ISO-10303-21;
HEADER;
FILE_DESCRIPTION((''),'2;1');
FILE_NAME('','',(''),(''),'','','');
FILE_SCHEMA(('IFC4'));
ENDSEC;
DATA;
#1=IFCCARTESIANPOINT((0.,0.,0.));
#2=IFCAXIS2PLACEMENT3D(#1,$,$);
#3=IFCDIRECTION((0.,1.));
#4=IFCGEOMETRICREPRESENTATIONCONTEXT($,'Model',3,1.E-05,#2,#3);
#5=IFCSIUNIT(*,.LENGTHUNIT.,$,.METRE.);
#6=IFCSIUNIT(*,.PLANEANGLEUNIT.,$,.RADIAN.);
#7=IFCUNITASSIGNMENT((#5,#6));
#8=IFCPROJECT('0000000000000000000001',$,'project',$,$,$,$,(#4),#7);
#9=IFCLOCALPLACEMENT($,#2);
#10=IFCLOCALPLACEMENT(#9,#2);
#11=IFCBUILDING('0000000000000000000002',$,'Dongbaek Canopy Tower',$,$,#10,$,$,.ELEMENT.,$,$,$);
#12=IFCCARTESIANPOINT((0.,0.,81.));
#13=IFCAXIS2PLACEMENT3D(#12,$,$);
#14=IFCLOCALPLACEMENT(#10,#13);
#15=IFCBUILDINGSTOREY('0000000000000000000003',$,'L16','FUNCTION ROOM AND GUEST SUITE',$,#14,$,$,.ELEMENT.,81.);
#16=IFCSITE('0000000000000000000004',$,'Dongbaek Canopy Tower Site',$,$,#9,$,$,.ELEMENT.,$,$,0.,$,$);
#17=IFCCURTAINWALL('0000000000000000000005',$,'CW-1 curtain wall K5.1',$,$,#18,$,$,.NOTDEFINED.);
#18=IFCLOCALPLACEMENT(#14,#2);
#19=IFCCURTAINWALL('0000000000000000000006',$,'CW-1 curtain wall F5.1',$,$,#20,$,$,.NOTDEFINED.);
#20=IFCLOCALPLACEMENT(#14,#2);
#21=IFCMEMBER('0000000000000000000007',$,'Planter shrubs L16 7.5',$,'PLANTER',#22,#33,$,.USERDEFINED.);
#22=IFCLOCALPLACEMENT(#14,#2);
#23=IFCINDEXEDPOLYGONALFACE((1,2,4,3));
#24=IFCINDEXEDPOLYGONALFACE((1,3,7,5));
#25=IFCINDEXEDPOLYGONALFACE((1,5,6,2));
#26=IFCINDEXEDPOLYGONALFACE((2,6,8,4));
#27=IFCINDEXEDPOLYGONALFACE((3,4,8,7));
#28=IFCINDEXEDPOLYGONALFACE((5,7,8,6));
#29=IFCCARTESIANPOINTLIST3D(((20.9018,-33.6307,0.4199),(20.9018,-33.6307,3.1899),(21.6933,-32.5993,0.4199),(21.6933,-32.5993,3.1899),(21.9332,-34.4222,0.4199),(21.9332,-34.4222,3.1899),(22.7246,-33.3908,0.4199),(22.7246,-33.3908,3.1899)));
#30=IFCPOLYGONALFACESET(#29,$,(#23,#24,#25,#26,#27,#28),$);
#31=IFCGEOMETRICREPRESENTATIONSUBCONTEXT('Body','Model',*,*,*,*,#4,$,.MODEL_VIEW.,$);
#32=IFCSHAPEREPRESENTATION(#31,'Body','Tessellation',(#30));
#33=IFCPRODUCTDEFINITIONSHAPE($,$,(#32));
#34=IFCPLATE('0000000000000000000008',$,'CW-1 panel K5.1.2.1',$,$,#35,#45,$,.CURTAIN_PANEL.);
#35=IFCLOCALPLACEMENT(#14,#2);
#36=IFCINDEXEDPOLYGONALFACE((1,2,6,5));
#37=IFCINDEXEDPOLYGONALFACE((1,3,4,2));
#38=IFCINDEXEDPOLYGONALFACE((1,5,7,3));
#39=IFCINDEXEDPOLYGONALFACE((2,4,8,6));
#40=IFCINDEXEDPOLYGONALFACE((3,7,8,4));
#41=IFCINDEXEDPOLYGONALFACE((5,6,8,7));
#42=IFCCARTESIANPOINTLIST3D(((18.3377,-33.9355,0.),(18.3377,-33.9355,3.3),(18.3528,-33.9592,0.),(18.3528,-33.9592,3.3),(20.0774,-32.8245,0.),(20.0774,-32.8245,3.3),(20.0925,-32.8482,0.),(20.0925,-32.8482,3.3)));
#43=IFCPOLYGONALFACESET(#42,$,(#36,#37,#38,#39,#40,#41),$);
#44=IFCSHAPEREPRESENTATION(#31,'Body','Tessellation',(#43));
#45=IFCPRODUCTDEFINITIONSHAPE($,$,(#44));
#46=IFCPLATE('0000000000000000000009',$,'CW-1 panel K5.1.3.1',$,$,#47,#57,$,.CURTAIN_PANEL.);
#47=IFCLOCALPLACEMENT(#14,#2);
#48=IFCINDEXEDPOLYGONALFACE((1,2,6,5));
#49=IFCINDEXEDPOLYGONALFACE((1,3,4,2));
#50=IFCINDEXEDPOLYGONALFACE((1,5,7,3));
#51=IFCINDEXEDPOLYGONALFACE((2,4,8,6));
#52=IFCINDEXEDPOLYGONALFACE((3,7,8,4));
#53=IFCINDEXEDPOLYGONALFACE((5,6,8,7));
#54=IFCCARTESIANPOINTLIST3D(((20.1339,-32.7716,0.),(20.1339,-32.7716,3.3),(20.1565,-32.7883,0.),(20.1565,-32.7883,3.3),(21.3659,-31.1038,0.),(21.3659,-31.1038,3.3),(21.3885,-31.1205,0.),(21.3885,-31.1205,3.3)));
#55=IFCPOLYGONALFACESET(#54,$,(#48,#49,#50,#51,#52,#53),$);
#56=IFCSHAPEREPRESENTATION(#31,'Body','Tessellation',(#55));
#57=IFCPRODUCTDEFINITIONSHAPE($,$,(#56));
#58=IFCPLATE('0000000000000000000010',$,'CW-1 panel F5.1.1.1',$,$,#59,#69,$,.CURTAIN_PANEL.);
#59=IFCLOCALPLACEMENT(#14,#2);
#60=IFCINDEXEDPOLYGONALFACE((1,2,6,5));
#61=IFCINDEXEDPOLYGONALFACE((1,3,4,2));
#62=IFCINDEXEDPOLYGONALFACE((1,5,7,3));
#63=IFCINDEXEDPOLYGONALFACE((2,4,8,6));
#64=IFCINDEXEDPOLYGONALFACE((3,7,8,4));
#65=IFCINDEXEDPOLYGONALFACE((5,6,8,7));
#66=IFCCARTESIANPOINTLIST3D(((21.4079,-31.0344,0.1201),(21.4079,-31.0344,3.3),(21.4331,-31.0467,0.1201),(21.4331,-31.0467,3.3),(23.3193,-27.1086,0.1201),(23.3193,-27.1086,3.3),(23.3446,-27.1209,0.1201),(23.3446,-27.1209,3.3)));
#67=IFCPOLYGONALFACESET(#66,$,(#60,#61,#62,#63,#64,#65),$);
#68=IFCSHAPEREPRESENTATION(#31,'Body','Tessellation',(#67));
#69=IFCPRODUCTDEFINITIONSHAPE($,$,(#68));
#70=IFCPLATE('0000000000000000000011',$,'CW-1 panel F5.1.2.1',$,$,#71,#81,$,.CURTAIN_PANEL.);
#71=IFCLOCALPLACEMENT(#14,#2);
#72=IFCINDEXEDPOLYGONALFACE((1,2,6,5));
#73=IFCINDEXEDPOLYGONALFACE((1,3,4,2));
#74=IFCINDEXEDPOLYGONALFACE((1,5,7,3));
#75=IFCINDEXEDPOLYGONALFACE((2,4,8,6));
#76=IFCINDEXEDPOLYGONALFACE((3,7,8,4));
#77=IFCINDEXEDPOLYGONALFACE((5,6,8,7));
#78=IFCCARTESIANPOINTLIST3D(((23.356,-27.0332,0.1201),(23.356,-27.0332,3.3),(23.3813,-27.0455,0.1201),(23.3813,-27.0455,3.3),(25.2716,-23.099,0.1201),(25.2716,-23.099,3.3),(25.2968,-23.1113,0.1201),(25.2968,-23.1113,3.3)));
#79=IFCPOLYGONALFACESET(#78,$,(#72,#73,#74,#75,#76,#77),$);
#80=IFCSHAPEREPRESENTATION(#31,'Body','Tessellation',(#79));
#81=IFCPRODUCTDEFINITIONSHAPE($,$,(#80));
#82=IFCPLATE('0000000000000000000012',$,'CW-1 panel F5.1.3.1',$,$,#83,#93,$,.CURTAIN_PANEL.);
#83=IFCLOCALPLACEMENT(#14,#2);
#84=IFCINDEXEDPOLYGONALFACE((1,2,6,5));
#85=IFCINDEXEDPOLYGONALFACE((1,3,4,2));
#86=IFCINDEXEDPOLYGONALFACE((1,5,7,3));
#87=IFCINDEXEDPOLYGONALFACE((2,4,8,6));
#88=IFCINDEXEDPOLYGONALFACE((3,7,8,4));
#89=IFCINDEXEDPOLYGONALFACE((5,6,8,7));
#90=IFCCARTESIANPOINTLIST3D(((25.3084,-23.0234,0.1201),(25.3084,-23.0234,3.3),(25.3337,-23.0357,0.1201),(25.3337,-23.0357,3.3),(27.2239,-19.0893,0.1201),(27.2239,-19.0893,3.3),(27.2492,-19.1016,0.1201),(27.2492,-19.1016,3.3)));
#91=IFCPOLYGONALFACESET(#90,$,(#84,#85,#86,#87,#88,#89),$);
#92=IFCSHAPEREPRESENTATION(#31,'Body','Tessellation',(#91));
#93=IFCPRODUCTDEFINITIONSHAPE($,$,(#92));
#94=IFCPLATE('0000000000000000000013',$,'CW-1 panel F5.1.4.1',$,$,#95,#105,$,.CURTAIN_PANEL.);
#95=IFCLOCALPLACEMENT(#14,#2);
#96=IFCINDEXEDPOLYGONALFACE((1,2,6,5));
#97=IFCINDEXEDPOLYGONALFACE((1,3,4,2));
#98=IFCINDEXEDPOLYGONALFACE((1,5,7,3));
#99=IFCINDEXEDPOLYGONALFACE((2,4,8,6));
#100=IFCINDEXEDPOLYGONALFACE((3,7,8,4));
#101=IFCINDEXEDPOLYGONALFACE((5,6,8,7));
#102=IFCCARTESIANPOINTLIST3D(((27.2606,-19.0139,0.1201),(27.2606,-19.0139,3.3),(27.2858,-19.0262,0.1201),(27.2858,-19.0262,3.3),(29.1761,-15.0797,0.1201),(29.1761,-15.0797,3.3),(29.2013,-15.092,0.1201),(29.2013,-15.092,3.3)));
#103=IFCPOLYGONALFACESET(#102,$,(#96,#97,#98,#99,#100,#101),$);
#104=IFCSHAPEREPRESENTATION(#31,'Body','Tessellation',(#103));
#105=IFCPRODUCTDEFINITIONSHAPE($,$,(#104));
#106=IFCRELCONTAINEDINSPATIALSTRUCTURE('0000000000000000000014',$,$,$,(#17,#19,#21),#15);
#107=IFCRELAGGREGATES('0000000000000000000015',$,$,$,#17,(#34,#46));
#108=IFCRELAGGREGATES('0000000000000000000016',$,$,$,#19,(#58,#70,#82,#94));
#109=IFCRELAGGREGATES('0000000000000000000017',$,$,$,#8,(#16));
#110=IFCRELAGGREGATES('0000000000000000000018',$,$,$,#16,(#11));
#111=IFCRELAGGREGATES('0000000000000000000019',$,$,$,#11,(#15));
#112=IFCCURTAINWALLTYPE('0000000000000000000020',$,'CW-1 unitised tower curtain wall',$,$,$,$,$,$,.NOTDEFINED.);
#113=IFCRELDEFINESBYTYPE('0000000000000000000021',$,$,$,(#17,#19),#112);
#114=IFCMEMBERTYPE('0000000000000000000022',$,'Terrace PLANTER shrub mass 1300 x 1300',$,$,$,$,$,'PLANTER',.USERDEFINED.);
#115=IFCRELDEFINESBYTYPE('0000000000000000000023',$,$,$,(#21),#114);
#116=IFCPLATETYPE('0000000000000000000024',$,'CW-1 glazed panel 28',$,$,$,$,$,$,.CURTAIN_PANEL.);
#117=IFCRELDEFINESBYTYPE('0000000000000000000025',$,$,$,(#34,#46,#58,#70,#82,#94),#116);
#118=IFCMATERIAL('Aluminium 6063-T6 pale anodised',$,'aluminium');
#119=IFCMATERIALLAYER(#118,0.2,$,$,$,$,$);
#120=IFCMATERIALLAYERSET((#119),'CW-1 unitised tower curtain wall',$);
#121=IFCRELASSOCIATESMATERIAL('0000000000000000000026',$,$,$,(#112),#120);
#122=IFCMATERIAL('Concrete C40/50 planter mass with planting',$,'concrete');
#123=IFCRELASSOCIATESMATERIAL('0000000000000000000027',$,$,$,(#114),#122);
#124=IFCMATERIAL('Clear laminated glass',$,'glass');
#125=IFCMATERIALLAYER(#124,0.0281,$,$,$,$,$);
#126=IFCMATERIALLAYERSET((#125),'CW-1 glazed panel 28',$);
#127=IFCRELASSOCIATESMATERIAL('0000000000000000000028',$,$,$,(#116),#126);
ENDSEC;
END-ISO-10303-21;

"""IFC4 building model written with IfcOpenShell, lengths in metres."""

from ifc_helpers import new_model, si_unit, direction, frame, origin, origin_2d, place, context, subcontext, project, spatial, rectangle, extrude, material, layer, layer_set, material_profile, profile_set, type_object, element, aggregate, save


model = new_model("IFC4")

# Units and contexts
model_context = context("Model", 3, precision=1e-05, world=origin(), true_north=direction((0.0, 1.0)))
body_context = subcontext(model_context, "Body", "Model", "MODEL_VIEW")
ifc_project = project(units=[si_unit("LENGTHUNIT", "METRE"), si_unit("PLANEANGLEUNIT", "RADIAN")], contexts=[model_context])

# Site, building, storey
site_placement = place(None, origin())
site = spatial("IfcSite", under=ifc_project, at=site_placement, Name="Dongbaek Canopy Tower Site", CompositionType="ELEMENT", RefElevation=0.0)
building_placement = place(site_placement, origin())
building = spatial("IfcBuilding", under=site, at=building_placement, Name="Dongbaek Canopy Tower", CompositionType="ELEMENT")
storey_placement = place(building_placement, frame((0.0, 0.0, 81.0)))
storey = spatial("IfcBuildingStorey", under=building, at=storey_placement, Name="L16", Description="FUNCTION ROOM AND GUEST SUITE", CompositionType="ELEMENT", Elevation=81.0)

# Curtain walls
ifc_material_1 = material(Name="Aluminium 6063-T6 pale anodised", Category="aluminium")
ifc_layer_1 = layer(ifc_material_1, 0.2)
ifc_layer_set_1 = layer_set([ifc_layer_1], Name="CW-1 unitised tower curtain wall")
curtain_wall_type = type_object("IfcCurtainWallType", Name="CW-1 unitised tower curtain wall", PredefinedType="NOTDEFINED", material=ifc_layer_set_1)
curtain_wall_1_placement = place(storey_placement, origin())
curtain_wall_1 = element("IfcCurtainWall", 1, at=curtain_wall_1_placement, inside=storey, type_object=curtain_wall_type, Name="CW-1 curtain wall K5.1", PredefinedType="NOTDEFINED")
curtain_wall_2_placement = place(storey_placement, origin())
curtain_wall_2 = element("IfcCurtainWall", 2, at=curtain_wall_2_placement, inside=storey, type_object=curtain_wall_type, Name="CW-1 curtain wall F5.1", PredefinedType="NOTDEFINED")

# Member
ifc_material_2 = material(Name="Concrete C40/50 planter mass with planting", Category="concrete")
ifc_material_profile_1 = material_profile(ifc_material_2, rectangle(XDim=1.3, YDim=1.3, at=origin_2d()), Name="Terrace PLANTER shrub mass 1300 x 1300")
ifc_profile_set_1 = profile_set([ifc_material_profile_1], Name="Concrete C40/50 planter mass with planting")
member_type_1 = type_object("IfcMemberType", Name="Terrace PLANTER shrub mass 1300 x 1300", ElementType="PLANTER", PredefinedType="USERDEFINED", material=ifc_profile_set_1)
member_1_placement = place(storey_placement, frame((21.8132, -33.5107, 0.4199), z_axis=(0.0, 0.0, 1.0), x_axis=(0.793329, -0.608794, 0.0)))
element("IfcMember", 3, at=member_1_placement, inside=storey, type_object=member_type_1, Name="Planter shrubs L16 7.5", ObjectType="PLANTER", PredefinedType="USERDEFINED", context=body_context, shape_type="SweptSolid", body=[
    extrude(rectangle(XDim=1.3, YDim=1.3, at=origin_2d()), origin(), (0.0, 0.0, 1.0), 2.77),
])

# Plates
ifc_material_3 = material(Name="Clear laminated glass", Category="glass")
ifc_layer_2 = layer(ifc_material_3, 0.0281)
ifc_layer_set_2 = layer_set([ifc_layer_2], Name="CW-1 glazed panel 28")
plate_type = type_object("IfcPlateType", Name="CW-1 glazed panel 28", PredefinedType="CURTAIN_PANEL", material=ifc_layer_set_2)
plate_1_placement = place(storey_placement, frame((19.2151, -33.3918, 0.0), z_axis=(0.0, 0.0, 1.0), x_axis=(0.842805, 0.538219, 0.0)))
plate_1 = element("IfcPlate", 4, at=plate_1_placement, type_object=plate_type, Name="CW-1 panel K5.1.2.1", PredefinedType="CURTAIN_PANEL", context=body_context, shape_type="SweptSolid", body=[
    extrude(rectangle(XDim=2.0642, YDim=0.0281, at=origin_2d()), origin(), (0.0, 0.0, 1.0), 3.3),
])
plate_2_placement = place(storey_placement, frame((20.7612, -31.946, 0.0), z_axis=(0.0, 0.0, 1.0), x_axis=(0.594165, 0.804343, 0.0)))
plate_2 = element("IfcPlate", 5, at=plate_2_placement, type_object=plate_type, Name="CW-1 panel K5.1.3.1", PredefinedType="CURTAIN_PANEL", context=body_context, shape_type="SweptSolid", body=[
    extrude(rectangle(XDim=2.0735, YDim=0.0281, at=origin_2d()), origin(), (0.0, 0.0, 1.0), 3.3),
])
aggregate(curtain_wall_1, [plate_1, plate_2])
plate_3_placement = place(storey_placement, frame((22.3762, -29.0776, 0.1201), z_axis=(0.0, 0.0, 1.0), x_axis=(0.437759, 0.899092, 0.0)))
plate_3 = element("IfcPlate", 6, at=plate_3_placement, type_object=plate_type, Name="CW-1 panel F5.1.1.1", PredefinedType="CURTAIN_PANEL", context=body_context, shape_type="SweptSolid", body=[
    extrude(rectangle(XDim=4.3665, YDim=0.0281, at=origin_2d()), origin(), (0.0, 0.0, 1.0), 3.1799),
])
plate_4_placement = place(storey_placement, frame((24.3264, -25.0723, 0.1201), z_axis=(0.0, 0.0, 1.0), x_axis=(0.437759, 0.899092, 0.0)))
plate_4 = element("IfcPlate", 7, at=plate_4_placement, type_object=plate_type, Name="CW-1 panel F5.1.2.1", PredefinedType="CURTAIN_PANEL", context=body_context, shape_type="SweptSolid", body=[
    extrude(rectangle(XDim=4.3757, YDim=0.0281, at=origin_2d()), origin(), (0.0, 0.0, 1.0), 3.1799),
])
plate_5_placement = place(storey_placement, frame((26.2788, -21.0625, 0.1201), z_axis=(0.0, 0.0, 1.0), x_axis=(0.437759, 0.899092, 0.0)))
plate_5 = element("IfcPlate", 8, at=plate_5_placement, type_object=plate_type, Name="CW-1 panel F5.1.3.1", PredefinedType="CURTAIN_PANEL", context=body_context, shape_type="SweptSolid", body=[
    extrude(rectangle(XDim=4.3757, YDim=0.0281, at=origin_2d()), origin(), (0.0, 0.0, 1.0), 3.1799),
])
plate_6_placement = place(storey_placement, frame((28.231, -17.053, 0.1201), z_axis=(0.0, 0.0, 1.0), x_axis=(0.437759, 0.899092, 0.0)))
plate_6 = element("IfcPlate", 9, at=plate_6_placement, type_object=plate_type, Name="CW-1 panel F5.1.4.1", PredefinedType="CURTAIN_PANEL", context=body_context, shape_type="SweptSolid", body=[
    extrude(rectangle(XDim=4.3757, YDim=0.0281, at=origin_2d()), origin(), (0.0, 0.0, 1.0), 3.1799),
])

aggregate(curtain_wall_2, [plate_3, plate_4, plate_5, plate_6])

save(model, "model.ifc")
